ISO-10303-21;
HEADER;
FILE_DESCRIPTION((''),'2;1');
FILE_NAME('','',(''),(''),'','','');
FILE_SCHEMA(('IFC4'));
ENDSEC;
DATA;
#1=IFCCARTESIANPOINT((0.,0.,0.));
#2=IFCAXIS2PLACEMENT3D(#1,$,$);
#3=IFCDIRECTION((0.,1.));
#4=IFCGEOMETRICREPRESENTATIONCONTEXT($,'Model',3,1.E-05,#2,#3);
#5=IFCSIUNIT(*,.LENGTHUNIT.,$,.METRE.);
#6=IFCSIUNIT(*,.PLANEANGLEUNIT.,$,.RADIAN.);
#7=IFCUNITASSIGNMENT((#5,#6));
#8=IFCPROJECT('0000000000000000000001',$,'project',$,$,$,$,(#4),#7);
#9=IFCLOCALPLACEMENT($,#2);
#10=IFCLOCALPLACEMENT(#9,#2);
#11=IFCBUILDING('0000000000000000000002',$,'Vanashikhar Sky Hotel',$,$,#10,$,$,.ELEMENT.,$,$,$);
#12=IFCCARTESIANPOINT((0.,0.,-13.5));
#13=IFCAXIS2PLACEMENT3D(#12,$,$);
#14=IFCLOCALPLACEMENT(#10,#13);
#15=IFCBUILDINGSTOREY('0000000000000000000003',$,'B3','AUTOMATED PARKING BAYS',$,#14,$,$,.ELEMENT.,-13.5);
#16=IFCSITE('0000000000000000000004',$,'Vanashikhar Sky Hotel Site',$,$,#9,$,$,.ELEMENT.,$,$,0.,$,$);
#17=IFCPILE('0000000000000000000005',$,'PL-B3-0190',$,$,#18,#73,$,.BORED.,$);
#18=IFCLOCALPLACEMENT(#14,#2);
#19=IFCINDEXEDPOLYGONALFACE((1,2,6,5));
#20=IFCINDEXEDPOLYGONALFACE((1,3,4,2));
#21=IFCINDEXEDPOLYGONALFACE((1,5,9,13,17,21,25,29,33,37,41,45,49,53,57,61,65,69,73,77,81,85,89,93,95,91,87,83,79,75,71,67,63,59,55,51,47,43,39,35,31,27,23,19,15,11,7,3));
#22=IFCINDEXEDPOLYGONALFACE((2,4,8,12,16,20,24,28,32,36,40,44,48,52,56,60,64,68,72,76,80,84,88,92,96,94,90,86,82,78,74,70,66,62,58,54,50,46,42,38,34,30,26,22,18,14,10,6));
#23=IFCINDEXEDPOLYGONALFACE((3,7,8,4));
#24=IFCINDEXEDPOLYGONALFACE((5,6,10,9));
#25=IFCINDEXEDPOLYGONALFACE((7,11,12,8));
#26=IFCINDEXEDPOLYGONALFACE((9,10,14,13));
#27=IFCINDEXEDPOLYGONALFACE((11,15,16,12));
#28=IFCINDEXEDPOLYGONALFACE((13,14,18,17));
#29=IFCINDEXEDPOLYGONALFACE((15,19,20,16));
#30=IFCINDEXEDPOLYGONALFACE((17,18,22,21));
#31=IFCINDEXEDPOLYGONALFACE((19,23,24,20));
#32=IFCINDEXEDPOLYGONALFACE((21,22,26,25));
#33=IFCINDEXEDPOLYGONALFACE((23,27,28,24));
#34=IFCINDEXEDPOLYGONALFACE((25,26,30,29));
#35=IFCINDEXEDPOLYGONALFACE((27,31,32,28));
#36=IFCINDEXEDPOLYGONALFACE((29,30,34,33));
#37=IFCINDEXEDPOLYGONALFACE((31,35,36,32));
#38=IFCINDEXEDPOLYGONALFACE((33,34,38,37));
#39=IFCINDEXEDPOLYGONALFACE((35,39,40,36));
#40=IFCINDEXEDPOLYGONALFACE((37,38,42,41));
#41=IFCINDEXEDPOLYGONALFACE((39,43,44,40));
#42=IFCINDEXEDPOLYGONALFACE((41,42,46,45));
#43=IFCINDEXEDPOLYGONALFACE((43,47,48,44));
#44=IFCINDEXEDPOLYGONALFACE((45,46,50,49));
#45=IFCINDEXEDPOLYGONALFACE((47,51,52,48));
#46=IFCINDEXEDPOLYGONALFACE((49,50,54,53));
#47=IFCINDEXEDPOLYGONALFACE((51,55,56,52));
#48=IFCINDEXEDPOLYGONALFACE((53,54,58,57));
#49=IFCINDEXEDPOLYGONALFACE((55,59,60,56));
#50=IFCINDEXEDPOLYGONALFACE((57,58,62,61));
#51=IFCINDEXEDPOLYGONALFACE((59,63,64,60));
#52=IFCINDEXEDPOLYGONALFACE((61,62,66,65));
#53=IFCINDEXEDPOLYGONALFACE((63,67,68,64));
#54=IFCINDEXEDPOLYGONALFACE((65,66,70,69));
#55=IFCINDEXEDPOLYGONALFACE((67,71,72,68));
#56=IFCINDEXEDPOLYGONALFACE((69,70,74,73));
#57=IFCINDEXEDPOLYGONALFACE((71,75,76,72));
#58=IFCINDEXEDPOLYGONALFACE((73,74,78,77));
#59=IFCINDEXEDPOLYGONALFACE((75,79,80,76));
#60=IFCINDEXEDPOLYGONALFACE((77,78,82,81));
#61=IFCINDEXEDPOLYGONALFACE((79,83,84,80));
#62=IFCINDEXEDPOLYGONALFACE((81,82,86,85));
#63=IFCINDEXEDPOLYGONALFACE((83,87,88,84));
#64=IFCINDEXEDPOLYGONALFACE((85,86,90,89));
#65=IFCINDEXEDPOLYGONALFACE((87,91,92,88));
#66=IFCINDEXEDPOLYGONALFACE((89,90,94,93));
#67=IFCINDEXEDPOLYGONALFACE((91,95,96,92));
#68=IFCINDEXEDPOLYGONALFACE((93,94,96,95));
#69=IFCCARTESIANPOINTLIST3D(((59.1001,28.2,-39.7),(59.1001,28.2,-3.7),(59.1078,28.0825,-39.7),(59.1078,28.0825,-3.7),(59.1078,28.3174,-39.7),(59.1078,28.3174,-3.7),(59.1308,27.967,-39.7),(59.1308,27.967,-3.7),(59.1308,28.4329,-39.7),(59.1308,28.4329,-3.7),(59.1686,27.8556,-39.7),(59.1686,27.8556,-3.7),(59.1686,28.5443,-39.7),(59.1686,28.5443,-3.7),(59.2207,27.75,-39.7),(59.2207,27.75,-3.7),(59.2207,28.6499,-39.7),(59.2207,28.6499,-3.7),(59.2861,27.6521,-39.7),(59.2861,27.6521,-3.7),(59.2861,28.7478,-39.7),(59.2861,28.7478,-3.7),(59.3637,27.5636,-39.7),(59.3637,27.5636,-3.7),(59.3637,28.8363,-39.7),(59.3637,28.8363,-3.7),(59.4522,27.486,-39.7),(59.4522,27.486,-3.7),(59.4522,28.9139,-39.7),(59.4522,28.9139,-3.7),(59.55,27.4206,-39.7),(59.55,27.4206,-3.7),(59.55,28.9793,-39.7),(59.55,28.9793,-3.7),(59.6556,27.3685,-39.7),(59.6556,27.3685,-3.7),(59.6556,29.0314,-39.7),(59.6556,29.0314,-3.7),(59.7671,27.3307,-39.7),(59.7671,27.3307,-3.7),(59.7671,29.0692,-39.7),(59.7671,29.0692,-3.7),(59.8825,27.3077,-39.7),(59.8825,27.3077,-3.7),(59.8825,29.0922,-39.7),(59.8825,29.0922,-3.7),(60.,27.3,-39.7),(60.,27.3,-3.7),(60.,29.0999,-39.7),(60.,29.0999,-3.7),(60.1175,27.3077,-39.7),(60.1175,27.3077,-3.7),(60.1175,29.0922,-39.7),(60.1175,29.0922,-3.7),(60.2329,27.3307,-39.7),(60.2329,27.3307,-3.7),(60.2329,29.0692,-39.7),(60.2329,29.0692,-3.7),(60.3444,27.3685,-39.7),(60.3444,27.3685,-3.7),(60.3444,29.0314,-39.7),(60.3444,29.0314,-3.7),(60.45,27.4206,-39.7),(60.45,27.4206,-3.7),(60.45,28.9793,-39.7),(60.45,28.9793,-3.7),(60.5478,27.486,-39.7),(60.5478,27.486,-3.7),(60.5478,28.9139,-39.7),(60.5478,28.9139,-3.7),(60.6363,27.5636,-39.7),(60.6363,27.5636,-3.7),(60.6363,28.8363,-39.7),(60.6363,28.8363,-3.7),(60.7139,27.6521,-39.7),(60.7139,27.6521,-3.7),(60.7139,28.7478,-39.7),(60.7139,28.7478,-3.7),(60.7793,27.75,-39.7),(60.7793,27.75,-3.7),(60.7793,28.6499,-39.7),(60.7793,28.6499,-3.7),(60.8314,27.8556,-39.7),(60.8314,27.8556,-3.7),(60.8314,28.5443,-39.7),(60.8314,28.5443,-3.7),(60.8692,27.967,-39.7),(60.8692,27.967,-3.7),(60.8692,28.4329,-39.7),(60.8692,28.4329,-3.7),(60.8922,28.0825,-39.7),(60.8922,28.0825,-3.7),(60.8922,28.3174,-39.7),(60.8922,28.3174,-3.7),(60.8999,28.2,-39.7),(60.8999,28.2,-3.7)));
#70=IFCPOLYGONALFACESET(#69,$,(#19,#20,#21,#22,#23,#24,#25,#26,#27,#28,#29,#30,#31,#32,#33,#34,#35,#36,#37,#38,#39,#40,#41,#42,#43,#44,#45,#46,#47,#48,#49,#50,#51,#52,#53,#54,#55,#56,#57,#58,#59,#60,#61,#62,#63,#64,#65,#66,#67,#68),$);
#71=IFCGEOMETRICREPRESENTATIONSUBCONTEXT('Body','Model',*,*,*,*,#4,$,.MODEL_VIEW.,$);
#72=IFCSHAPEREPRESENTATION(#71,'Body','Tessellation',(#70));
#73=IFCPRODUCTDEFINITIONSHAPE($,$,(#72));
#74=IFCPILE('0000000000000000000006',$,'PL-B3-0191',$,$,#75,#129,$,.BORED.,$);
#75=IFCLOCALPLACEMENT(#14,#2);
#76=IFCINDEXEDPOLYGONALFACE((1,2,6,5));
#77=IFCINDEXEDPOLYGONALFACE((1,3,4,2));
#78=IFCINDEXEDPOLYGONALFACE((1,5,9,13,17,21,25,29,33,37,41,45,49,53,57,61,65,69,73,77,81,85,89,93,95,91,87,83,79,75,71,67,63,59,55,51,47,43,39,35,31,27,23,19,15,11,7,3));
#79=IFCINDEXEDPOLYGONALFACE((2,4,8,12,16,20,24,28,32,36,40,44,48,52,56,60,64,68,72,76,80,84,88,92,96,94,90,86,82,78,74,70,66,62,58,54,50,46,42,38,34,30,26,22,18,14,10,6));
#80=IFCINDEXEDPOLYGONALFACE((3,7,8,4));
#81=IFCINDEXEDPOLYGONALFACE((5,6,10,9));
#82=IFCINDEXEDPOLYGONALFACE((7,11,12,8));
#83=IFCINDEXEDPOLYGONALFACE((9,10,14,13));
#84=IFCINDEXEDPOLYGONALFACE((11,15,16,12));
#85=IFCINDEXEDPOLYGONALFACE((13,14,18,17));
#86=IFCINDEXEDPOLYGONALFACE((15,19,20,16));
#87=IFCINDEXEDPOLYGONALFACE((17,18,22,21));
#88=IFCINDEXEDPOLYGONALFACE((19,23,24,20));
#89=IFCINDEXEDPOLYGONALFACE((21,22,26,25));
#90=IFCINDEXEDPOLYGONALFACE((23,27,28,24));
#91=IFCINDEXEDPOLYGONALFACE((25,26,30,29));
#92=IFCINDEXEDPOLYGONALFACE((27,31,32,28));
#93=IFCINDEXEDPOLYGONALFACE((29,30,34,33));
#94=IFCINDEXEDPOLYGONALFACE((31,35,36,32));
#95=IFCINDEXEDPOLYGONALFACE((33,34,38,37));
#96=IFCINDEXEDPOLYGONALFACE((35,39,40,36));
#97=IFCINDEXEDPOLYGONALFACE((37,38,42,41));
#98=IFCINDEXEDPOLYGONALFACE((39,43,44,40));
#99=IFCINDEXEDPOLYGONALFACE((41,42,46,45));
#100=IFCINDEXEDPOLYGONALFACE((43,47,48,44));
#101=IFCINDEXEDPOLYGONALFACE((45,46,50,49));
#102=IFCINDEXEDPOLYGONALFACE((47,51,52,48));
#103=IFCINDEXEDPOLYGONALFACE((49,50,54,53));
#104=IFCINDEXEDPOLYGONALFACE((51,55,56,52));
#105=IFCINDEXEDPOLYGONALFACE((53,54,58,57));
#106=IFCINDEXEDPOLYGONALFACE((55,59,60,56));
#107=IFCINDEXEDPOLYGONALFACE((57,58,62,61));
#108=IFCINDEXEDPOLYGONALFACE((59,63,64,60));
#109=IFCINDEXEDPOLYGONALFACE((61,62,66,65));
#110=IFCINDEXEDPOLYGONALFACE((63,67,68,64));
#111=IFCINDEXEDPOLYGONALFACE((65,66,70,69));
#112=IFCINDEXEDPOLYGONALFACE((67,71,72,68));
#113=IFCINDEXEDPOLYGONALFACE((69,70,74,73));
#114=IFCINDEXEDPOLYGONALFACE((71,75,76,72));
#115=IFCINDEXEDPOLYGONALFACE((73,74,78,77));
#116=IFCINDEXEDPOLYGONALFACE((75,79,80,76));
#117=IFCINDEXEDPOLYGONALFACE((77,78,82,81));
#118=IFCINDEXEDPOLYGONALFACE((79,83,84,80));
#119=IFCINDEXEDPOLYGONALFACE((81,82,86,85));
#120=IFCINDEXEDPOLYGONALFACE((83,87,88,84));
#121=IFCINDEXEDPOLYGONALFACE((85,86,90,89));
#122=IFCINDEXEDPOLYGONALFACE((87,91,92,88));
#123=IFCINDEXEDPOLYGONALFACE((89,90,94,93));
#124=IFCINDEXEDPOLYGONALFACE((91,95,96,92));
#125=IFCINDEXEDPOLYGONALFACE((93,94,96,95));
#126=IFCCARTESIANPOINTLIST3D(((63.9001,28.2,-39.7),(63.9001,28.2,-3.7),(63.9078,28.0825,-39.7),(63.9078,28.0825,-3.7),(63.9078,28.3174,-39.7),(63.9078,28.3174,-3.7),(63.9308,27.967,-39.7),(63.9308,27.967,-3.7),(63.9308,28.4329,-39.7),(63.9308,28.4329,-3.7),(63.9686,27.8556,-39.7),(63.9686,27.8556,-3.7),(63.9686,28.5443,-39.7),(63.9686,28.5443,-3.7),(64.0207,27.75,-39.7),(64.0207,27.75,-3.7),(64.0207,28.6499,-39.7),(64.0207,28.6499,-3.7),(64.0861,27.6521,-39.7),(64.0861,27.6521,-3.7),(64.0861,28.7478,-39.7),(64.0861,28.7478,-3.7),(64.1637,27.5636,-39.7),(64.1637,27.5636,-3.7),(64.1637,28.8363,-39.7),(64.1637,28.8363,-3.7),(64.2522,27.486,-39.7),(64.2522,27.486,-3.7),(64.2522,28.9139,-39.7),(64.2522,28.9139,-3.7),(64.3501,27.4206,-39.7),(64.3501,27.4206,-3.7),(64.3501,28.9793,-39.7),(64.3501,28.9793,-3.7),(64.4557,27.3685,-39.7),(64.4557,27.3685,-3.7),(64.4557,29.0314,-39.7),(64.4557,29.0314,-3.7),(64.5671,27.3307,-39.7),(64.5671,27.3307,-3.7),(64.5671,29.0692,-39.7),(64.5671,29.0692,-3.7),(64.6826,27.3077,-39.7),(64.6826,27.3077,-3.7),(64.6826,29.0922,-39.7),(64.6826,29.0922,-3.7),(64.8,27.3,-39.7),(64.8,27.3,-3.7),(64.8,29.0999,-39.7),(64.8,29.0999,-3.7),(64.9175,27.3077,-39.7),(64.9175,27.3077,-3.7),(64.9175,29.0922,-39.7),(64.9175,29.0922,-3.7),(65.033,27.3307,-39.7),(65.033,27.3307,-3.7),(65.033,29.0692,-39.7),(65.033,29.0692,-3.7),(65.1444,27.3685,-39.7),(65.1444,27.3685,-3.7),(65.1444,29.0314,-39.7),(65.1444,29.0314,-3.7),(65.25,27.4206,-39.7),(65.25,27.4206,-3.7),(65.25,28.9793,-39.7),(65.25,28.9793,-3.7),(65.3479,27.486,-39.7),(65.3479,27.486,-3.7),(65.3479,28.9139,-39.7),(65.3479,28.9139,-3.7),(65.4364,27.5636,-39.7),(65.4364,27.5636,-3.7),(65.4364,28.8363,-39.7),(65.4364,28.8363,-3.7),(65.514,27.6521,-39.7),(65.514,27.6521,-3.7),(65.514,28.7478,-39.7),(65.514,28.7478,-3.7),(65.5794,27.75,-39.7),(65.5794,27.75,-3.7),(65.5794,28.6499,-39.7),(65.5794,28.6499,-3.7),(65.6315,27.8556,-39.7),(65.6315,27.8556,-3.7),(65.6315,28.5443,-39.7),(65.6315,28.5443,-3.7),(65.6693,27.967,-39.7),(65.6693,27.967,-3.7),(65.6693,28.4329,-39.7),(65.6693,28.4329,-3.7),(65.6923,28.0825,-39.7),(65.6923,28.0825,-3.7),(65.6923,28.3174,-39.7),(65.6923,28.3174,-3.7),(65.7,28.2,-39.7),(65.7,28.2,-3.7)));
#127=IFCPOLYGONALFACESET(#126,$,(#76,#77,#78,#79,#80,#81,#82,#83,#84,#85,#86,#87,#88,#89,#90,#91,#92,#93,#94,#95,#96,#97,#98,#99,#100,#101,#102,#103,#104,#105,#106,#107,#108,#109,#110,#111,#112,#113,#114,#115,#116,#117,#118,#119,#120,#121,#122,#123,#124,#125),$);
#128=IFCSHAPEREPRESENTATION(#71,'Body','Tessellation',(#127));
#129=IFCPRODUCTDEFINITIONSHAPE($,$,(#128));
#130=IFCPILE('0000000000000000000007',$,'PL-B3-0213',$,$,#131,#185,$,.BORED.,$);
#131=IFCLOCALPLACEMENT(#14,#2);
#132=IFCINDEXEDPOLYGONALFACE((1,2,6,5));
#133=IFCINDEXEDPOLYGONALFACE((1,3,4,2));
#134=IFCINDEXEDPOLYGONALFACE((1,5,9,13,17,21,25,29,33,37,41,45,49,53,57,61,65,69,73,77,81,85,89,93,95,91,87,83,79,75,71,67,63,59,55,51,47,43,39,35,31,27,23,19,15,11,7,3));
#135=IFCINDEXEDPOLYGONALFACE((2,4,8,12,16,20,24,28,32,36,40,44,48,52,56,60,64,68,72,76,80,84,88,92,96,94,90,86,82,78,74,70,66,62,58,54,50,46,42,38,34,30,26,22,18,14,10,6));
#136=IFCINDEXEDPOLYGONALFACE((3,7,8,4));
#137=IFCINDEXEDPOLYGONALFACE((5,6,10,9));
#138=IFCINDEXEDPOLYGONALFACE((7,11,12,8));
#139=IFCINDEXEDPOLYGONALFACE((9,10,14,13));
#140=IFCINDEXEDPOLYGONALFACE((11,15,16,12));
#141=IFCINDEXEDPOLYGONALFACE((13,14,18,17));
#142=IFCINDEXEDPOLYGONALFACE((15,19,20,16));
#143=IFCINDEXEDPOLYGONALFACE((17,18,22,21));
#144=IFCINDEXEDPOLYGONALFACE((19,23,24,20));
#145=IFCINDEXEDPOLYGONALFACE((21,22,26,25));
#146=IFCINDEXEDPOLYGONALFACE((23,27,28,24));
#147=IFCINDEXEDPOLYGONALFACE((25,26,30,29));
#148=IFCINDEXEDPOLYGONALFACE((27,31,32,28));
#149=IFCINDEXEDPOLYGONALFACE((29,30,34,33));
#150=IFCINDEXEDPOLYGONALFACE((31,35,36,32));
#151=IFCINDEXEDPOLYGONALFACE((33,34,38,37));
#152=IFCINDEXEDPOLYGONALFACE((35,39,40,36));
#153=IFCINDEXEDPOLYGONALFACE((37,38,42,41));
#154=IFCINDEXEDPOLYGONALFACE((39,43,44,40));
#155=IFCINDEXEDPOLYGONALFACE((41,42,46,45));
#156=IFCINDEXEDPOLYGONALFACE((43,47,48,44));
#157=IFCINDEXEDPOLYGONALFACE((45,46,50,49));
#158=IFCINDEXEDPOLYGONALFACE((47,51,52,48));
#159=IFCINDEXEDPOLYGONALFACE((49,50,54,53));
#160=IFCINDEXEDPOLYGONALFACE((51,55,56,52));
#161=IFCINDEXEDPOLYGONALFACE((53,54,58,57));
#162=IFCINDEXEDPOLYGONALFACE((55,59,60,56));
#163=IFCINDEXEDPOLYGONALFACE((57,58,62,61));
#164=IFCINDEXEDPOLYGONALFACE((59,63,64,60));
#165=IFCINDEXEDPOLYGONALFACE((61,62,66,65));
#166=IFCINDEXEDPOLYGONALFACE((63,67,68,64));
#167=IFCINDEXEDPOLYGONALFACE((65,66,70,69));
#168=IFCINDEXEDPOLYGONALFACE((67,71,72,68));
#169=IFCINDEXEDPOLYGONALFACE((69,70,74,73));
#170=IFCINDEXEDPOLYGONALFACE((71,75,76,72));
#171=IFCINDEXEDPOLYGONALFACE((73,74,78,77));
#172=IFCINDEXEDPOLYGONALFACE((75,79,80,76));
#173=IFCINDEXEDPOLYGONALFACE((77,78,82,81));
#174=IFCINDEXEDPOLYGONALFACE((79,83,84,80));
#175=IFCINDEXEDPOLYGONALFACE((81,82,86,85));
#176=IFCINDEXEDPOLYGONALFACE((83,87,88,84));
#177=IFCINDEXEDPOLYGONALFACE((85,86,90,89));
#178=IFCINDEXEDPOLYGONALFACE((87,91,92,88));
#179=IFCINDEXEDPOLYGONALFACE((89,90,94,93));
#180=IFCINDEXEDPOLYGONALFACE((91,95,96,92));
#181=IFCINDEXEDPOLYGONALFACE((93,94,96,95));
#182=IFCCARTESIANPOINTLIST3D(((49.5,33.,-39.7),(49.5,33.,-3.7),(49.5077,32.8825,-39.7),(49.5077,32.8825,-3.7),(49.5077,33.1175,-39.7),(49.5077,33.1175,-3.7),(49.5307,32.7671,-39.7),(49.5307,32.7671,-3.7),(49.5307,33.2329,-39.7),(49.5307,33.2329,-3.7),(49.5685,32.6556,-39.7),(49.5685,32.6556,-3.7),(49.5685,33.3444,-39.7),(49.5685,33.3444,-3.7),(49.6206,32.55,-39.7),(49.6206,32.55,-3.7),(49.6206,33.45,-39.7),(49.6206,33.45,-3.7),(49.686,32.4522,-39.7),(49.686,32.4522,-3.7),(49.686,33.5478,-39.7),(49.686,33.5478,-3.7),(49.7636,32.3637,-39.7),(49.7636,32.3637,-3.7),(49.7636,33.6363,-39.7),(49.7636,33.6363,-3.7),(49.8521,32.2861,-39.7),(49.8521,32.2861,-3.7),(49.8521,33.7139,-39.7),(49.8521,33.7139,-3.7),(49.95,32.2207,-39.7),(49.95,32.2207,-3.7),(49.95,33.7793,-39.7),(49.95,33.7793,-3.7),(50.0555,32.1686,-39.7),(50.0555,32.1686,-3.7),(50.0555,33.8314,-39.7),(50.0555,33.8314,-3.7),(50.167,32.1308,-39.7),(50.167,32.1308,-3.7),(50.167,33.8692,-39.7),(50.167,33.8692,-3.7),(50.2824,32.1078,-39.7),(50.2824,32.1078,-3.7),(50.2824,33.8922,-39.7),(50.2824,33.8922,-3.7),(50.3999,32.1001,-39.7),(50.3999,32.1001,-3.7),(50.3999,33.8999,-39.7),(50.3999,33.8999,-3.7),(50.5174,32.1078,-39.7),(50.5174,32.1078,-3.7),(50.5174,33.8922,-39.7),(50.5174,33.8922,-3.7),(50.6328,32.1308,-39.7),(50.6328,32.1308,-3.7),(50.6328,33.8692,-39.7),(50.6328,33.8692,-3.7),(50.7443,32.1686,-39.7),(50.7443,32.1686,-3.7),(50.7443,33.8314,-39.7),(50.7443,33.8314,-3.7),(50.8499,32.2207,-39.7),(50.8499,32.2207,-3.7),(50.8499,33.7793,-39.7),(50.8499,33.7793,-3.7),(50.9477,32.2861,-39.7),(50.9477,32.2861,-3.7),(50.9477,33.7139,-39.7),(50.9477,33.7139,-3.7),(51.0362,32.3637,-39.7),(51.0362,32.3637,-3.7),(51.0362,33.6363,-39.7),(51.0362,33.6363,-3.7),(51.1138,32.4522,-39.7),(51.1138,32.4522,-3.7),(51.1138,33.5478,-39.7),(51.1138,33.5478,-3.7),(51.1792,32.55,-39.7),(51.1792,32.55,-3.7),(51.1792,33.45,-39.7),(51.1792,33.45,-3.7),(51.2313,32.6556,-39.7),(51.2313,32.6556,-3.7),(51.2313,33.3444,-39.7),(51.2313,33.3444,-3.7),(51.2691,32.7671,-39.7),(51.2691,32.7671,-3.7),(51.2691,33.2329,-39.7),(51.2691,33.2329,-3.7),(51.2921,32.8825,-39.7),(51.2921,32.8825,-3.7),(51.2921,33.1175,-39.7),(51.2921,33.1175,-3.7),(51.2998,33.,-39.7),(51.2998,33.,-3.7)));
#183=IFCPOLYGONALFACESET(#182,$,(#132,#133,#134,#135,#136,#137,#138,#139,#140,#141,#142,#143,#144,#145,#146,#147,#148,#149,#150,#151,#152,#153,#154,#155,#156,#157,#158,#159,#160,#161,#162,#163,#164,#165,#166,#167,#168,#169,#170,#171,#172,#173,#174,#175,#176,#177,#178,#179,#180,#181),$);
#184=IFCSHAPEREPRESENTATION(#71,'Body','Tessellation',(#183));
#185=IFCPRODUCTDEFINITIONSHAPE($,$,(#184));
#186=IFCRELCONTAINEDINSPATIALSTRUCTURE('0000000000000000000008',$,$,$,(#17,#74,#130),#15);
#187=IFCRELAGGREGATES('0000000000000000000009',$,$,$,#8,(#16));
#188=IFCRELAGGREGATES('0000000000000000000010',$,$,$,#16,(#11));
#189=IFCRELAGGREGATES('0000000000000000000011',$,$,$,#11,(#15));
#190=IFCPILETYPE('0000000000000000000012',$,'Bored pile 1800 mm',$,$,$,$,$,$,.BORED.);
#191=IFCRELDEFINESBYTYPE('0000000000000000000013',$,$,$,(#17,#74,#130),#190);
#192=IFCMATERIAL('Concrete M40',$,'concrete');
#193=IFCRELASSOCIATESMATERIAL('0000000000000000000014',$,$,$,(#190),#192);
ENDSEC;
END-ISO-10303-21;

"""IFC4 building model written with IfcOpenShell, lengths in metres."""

from ifc_helpers import new_model, si_unit, direction, frame, origin, origin_2d, place, context, subcontext, project, spatial, circle, extrude, source, transform, mapped, material, type_object, element, save


model = new_model("IFC4")

# Units and contexts
model_context = context("Model", 3, precision=1e-05, world=origin(), true_north=direction((0.0, 1.0)))
body_context = subcontext(model_context, "Body", "Model", "MODEL_VIEW")
ifc_project = project(units=[si_unit("LENGTHUNIT", "METRE"), si_unit("PLANEANGLEUNIT", "RADIAN")], contexts=[model_context])

# Site, building, storey
site_placement = place(None, origin())
site = spatial("IfcSite", under=ifc_project, at=site_placement, Name="Vanashikhar Sky Hotel Site", CompositionType="ELEMENT", RefElevation=0.0)
building_placement = place(site_placement, origin())
building = spatial("IfcBuilding", under=site, at=building_placement, Name="Vanashikhar Sky Hotel", CompositionType="ELEMENT")
storey_placement = place(building_placement, frame((0.0, 0.0, -13.5)))
storey = spatial("IfcBuildingStorey", under=building, at=storey_placement, Name="B3", Description="AUTOMATED PARKING BAYS", CompositionType="ELEMENT", Elevation=-13.5)

# Piles
ifc_material_1 = material(Name="Concrete M40", Category="concrete")
pile_type = type_object("IfcPileType", Name="Bored pile 1800 mm", PredefinedType="BORED", material=ifc_material_1)
shared_shape_1 = source(origin(), body_context, "Body", "SweptSolid", [
    extrude(circle(Radius=0.8999, at=origin_2d()), origin(), (0.0, 0.0, 1.0), 36.0),
])
for number, where, z_axis, x_axis, name in (
    (1, (60.0, 28.2, -3.7), (0.0, 0.0, -1.0), (1.0, 0.0, 0.0), "PL-B3-0190"),
    (2, (64.8, 28.2, -3.7), (0.0, 0.0, -1.0), (1.0, 0.0, 0.0), "PL-B3-0191"),
    (3, (50.3999, 33.0, -3.7), (0.0, 0.0, -1.0), (1.0, 0.0, 0.0), "PL-B3-0213"),
):
    element("IfcPile", number, at=place(storey_placement, frame(where, z_axis=z_axis, x_axis=x_axis)), inside=storey, type_object=pile_type, Name=name, PredefinedType="BORED", context=body_context, shape_type="MappedRepresentation", body=[
        mapped(shared_shape_1, transform((0.0, 0.0, 0.0), scale=1.0)),
    ])

save(model, "model.ifc")
